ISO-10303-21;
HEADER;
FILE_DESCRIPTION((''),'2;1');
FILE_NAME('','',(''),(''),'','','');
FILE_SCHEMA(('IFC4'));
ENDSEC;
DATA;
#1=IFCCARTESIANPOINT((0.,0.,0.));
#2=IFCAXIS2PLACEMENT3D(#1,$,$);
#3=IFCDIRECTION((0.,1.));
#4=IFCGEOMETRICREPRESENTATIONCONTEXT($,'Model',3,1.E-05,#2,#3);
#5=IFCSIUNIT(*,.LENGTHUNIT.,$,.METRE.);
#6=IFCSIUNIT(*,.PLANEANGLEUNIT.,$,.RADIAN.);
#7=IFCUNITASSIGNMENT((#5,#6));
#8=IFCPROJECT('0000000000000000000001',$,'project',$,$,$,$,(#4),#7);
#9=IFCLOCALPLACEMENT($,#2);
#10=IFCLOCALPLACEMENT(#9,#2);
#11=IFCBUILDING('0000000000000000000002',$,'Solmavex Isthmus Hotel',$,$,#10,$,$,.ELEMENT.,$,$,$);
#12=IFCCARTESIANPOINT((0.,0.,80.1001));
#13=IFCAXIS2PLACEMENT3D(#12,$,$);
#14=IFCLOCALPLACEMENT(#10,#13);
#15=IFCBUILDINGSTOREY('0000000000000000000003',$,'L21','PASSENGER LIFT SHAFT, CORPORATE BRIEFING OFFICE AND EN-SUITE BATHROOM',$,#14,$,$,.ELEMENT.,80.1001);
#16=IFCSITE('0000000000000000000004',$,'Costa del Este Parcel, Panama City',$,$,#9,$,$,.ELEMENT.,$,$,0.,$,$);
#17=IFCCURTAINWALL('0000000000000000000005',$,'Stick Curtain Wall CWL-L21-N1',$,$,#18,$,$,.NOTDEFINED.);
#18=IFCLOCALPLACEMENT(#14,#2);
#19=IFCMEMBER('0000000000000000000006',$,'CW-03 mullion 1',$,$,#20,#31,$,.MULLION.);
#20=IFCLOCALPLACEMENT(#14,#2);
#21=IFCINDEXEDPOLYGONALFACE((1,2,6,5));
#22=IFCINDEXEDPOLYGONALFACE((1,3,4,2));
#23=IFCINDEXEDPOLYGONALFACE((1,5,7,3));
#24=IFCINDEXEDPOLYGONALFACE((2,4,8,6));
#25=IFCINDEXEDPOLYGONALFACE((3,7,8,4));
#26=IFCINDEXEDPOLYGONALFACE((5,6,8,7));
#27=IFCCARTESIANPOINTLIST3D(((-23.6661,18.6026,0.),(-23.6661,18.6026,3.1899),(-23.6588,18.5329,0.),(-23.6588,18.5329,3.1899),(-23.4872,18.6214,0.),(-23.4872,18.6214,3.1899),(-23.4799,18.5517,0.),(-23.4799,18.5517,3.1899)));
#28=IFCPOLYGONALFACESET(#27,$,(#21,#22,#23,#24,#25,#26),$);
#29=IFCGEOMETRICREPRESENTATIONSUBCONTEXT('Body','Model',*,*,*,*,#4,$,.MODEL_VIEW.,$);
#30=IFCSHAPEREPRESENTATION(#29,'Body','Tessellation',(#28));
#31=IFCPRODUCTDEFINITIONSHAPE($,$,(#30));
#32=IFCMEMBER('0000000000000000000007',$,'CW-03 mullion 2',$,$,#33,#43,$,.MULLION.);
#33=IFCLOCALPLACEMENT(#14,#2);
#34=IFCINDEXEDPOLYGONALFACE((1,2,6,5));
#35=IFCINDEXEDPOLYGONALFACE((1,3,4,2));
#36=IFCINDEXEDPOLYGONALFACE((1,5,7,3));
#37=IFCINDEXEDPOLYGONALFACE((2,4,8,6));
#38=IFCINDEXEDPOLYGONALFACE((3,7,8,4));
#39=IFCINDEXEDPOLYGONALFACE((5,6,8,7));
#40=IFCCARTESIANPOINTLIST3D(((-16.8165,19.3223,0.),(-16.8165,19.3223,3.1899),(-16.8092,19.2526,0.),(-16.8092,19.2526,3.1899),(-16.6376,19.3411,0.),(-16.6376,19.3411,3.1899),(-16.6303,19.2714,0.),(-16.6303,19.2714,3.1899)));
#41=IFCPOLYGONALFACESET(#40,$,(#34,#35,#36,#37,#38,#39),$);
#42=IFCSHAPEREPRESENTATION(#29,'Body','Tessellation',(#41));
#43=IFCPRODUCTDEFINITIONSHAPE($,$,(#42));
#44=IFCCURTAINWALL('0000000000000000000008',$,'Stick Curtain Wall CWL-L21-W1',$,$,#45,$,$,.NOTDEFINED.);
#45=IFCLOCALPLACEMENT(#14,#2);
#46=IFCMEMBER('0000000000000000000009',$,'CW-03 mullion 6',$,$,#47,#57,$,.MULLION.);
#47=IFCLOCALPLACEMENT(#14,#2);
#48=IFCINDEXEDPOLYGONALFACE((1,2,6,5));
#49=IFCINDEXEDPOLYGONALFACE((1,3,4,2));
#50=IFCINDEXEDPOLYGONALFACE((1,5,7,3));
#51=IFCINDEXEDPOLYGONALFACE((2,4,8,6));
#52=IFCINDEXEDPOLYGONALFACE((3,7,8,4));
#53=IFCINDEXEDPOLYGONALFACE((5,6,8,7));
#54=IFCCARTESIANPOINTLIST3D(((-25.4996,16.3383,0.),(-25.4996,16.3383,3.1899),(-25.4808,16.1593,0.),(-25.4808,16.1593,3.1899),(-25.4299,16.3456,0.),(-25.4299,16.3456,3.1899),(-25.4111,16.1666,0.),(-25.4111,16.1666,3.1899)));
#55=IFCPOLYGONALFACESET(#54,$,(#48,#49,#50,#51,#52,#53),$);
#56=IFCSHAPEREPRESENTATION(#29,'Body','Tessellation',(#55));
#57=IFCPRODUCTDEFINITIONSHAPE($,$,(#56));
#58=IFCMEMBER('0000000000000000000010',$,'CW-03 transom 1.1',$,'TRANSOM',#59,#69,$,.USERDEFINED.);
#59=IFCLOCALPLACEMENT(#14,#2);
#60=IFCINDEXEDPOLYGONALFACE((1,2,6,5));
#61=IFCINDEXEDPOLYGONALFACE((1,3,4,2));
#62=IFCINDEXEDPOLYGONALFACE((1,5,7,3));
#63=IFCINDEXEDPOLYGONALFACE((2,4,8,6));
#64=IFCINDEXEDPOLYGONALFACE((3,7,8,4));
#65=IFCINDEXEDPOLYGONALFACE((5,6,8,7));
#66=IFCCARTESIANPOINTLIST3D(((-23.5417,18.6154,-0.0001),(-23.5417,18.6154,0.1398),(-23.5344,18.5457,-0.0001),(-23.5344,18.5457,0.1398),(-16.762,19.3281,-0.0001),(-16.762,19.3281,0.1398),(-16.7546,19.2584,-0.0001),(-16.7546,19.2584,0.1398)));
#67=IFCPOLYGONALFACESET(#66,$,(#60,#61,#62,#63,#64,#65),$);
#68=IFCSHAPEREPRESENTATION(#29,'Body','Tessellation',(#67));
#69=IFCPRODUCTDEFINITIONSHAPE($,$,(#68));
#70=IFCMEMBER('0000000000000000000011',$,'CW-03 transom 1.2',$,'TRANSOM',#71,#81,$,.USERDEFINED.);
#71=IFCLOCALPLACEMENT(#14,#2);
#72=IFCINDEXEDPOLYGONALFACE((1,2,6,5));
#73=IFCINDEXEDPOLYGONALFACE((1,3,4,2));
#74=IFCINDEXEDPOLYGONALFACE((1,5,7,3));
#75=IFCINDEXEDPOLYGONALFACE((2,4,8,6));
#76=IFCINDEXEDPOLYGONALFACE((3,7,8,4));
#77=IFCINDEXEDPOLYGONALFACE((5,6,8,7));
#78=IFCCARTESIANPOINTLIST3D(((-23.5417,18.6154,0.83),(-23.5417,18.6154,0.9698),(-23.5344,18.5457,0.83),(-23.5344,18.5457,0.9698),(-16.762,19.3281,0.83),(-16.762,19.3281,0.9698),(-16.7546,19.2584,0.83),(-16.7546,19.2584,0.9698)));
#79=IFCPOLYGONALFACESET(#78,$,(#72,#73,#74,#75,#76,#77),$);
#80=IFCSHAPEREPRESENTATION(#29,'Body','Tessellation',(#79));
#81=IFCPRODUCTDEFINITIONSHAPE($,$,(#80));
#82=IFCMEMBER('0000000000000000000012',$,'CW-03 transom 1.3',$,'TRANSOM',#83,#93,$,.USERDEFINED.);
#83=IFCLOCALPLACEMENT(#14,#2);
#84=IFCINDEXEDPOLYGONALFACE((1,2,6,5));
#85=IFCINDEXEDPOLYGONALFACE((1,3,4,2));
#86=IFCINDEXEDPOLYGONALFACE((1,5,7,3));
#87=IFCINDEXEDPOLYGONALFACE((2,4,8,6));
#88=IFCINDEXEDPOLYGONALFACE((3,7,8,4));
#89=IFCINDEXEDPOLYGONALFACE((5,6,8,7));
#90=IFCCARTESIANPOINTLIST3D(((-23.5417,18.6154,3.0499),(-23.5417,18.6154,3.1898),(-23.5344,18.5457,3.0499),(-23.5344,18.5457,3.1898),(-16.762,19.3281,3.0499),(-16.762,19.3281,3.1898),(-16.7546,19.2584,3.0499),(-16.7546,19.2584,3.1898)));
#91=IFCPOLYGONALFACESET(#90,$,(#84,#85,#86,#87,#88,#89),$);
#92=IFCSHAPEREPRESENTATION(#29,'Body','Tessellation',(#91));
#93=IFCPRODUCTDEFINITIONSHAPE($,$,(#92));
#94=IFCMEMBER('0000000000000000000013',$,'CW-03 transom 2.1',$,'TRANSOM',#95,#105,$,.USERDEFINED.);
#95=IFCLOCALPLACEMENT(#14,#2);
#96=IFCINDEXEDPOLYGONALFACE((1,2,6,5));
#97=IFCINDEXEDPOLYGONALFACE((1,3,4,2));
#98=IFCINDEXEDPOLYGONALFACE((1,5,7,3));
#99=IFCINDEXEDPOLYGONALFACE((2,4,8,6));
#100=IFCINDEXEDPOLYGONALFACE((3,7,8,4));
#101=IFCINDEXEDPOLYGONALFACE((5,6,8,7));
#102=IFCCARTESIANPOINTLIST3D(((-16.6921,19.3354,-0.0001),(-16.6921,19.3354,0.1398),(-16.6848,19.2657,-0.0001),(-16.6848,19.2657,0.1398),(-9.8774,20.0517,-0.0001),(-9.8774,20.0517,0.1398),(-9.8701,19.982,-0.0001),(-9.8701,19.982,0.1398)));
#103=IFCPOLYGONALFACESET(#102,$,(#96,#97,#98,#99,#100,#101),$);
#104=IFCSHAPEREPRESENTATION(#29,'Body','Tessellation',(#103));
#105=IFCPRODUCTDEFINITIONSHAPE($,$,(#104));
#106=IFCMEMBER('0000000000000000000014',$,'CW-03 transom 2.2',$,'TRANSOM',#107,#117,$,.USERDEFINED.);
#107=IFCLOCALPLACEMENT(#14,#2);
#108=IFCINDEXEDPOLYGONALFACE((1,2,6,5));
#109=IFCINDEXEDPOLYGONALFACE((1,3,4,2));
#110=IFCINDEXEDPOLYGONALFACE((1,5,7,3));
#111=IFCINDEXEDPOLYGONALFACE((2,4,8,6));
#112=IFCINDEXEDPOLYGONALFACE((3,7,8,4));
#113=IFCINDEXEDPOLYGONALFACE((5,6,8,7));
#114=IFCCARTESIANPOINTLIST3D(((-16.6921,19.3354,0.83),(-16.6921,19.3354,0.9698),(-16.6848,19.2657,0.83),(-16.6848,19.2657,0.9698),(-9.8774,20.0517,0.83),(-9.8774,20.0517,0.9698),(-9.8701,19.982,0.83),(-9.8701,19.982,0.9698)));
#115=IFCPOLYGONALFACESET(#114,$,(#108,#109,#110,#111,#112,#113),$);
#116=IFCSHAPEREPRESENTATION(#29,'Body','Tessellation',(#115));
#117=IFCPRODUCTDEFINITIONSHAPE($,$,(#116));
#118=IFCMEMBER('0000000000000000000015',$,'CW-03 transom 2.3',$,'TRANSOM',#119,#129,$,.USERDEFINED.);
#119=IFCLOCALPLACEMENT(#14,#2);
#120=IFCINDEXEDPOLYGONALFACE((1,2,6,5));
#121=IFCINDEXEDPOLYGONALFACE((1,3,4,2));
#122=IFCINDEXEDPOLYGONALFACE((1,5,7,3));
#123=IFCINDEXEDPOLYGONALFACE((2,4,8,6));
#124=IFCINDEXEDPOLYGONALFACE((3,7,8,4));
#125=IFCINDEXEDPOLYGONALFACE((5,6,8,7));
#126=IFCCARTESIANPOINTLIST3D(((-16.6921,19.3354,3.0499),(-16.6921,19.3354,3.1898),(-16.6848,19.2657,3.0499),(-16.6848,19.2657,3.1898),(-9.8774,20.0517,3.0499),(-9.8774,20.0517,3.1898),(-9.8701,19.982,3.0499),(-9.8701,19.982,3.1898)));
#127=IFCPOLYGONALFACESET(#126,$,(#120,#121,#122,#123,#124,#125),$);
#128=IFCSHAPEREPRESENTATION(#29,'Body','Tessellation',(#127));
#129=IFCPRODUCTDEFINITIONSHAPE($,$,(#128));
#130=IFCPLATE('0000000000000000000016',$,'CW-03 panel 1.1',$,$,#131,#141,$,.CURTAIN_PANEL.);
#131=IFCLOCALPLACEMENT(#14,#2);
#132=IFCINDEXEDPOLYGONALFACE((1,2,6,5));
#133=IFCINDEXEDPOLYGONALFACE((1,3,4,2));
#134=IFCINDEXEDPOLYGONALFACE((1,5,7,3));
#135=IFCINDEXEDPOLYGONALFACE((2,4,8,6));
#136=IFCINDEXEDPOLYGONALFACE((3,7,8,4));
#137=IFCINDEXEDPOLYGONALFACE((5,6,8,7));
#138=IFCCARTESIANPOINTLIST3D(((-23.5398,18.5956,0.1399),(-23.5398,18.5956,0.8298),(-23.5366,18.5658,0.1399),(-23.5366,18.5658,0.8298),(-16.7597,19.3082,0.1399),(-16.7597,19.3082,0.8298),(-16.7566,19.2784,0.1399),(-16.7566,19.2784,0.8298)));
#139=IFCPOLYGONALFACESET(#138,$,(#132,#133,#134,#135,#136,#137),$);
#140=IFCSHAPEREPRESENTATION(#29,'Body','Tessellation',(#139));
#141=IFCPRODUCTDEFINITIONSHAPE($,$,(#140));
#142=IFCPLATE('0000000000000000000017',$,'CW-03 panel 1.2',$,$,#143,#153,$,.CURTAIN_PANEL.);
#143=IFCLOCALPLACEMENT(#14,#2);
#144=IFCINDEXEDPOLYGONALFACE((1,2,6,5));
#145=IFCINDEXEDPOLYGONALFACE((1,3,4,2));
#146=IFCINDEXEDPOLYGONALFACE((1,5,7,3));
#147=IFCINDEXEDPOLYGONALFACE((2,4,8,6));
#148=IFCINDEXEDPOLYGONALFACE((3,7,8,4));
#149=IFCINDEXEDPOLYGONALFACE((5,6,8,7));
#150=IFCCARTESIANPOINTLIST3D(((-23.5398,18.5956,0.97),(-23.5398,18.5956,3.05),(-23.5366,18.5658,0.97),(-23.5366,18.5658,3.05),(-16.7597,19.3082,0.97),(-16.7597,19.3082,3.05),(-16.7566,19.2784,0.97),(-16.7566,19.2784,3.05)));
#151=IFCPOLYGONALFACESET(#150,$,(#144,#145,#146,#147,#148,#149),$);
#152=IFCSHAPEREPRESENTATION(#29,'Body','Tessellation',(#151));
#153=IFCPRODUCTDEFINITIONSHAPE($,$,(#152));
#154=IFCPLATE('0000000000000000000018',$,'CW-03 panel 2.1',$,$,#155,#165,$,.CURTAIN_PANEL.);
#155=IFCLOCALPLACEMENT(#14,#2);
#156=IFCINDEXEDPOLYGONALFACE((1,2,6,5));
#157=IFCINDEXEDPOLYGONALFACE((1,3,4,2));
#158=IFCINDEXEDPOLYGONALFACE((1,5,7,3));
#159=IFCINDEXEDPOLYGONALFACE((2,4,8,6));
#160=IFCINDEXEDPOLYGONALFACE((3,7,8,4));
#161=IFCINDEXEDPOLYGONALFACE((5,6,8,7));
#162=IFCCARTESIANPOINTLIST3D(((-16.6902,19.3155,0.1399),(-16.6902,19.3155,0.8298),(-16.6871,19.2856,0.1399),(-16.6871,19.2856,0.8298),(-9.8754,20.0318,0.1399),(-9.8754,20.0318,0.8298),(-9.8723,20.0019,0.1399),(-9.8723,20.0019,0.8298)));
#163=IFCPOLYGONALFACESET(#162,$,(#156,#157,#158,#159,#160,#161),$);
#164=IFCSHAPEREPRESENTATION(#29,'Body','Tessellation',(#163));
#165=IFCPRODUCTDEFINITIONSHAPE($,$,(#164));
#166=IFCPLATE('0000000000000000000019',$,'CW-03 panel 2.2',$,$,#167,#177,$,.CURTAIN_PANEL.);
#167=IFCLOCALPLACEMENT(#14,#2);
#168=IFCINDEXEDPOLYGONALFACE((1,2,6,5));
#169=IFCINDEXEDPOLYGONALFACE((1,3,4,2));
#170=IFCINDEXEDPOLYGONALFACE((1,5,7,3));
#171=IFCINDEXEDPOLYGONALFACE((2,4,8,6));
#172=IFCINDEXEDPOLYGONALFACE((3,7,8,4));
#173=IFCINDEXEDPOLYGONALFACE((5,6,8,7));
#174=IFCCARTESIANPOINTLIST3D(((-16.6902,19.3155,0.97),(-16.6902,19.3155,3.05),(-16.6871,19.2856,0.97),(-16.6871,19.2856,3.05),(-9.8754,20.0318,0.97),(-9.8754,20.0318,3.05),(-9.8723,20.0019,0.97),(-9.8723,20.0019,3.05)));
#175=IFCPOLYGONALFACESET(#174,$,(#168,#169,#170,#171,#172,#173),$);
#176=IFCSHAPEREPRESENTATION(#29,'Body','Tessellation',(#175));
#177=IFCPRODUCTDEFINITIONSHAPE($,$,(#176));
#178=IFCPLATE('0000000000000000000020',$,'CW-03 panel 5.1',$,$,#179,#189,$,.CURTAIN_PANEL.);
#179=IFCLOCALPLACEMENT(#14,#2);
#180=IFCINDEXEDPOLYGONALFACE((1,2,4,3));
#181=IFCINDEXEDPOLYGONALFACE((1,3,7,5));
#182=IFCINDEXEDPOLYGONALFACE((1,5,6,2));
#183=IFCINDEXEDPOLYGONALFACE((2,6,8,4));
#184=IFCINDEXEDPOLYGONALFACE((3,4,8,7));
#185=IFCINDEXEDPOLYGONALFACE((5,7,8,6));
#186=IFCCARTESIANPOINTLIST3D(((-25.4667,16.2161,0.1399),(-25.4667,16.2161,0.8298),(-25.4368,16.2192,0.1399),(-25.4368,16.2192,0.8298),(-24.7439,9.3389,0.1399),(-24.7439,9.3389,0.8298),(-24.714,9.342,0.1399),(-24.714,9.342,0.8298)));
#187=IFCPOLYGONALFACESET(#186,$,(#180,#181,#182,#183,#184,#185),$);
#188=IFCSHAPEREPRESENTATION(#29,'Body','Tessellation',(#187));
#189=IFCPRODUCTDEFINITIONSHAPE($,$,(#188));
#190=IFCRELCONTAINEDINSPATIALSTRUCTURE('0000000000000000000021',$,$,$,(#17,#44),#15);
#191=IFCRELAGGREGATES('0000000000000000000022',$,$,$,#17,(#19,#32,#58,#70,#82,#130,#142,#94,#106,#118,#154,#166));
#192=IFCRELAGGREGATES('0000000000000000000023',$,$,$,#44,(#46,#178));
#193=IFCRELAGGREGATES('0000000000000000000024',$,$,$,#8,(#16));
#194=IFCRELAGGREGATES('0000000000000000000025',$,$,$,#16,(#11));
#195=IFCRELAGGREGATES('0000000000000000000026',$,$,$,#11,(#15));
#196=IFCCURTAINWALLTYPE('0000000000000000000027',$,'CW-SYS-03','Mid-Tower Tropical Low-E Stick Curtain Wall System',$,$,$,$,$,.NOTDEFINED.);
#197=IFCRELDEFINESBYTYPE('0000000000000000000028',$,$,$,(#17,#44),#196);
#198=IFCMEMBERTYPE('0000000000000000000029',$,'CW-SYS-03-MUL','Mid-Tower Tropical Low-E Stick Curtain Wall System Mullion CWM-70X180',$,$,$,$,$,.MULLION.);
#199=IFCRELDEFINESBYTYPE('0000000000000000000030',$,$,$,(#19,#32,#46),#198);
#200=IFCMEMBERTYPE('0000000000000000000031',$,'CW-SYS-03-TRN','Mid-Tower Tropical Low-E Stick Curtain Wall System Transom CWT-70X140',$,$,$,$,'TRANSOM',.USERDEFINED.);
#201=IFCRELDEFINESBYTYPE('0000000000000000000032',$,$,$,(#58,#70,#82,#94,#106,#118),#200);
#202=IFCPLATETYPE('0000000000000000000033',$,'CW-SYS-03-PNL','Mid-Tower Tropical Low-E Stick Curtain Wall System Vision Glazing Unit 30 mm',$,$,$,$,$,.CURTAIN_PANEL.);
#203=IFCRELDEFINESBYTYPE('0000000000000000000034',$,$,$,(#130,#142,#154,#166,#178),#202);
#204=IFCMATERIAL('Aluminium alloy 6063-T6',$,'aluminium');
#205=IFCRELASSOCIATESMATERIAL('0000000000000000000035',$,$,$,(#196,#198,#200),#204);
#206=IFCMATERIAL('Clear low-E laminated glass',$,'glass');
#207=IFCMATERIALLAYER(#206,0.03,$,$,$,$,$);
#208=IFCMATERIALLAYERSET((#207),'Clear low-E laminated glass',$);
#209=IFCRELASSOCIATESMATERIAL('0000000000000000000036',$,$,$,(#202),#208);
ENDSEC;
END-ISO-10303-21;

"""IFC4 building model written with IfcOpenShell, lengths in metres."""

from ifc_helpers import new_model, si_unit, direction, frame, origin, origin_2d, place, context, subcontext, project, spatial, rectangle, extrude, material, layer, layer_set, material_profile, profile_set, type_object, element, aggregate, save


model = new_model("IFC4")

# Units and contexts
model_context = context("Model", 3, precision=1e-05, world=origin(), true_north=direction((0.0, 1.0)))
body_context = subcontext(model_context, "Body", "Model", "MODEL_VIEW")
ifc_project = project(units=[si_unit("LENGTHUNIT", "METRE"), si_unit("PLANEANGLEUNIT", "RADIAN")], contexts=[model_context])

# Site, building, storey
site_placement = place(None, origin())
site = spatial("IfcSite", under=ifc_project, at=site_placement, Name="Costa del Este Parcel, Panama City", CompositionType="ELEMENT", RefElevation=0.0)
building_placement = place(site_placement, origin())
building = spatial("IfcBuilding", under=site, at=building_placement, Name="Solmavex Isthmus Hotel", CompositionType="ELEMENT")
storey_placement = place(building_placement, frame((0.0, 0.0, 80.1001)))
storey = spatial("IfcBuildingStorey", under=building, at=storey_placement, Name="L21", Description="PASSENGER LIFT SHAFT, CORPORATE BRIEFING OFFICE AND EN-SUITE BATHROOM", CompositionType="ELEMENT", Elevation=80.1001)

# Curtain wall, members
ifc_material_1 = material(Name="Aluminium alloy 6063-T6", Category="aluminium")
curtain_wall_type = type_object("IfcCurtainWallType", Name="CW-SYS-03", Description="Mid-Tower Tropical Low-E Stick Curtain Wall System", PredefinedType="NOTDEFINED", material=ifc_material_1)
curtain_wall_1_placement = place(storey_placement, origin())
curtain_wall_1 = element("IfcCurtainWall", 1, at=curtain_wall_1_placement, inside=storey, type_object=curtain_wall_type, Name="Stick Curtain Wall CWL-L21-N1", PredefinedType="NOTDEFINED")
ifc_material_profile_1 = material_profile(ifc_material_1, rectangle(XDim=0.0701, YDim=0.1799, at=origin_2d()), Name="CWM-70X180")
ifc_profile_set_1 = profile_set([ifc_material_profile_1], Name="Aluminium alloy 6063-T6")
member_type_1 = type_object("IfcMemberType", Name="CW-SYS-03-MUL", Description="Mid-Tower Tropical Low-E Stick Curtain Wall System Mullion CWM-70X180", PredefinedType="MULLION", material=ifc_profile_set_1)
member_1_placement = place(storey_placement, frame((-23.573, 18.5771, 0.0), z_axis=(0.0, 0.0, 1.0), x_axis=(-0.104528, 0.994522, 0.0)))
member_1 = element("IfcMember", 2, at=member_1_placement, type_object=member_type_1, Name="CW-03 mullion 1", PredefinedType="MULLION", context=body_context, shape_type="SweptSolid", body=[
    extrude(rectangle(XDim=0.0701, YDim=0.1799, at=origin_2d()), origin(), (0.0, 0.0, 1.0), 3.1899),
])
member_2_placement = place(storey_placement, frame((-16.7234, 19.2969, 0.0), z_axis=(0.0, 0.0, 1.0), x_axis=(-0.104528, 0.994522, 0.0)))
member_2 = element("IfcMember", 3, at=member_2_placement, type_object=member_type_1, Name="CW-03 mullion 2", PredefinedType="MULLION", context=body_context, shape_type="SweptSolid", body=[
    extrude(rectangle(XDim=0.0701, YDim=0.1799, at=origin_2d()), origin(), (0.0, 0.0, 1.0), 3.1899),
])

# Curtain wall, member
curtain_wall_2_placement = place(storey_placement, origin())
curtain_wall_2 = element("IfcCurtainWall", 4, at=curtain_wall_2_placement, inside=storey, type_object=curtain_wall_type, Name="Stick Curtain Wall CWL-L21-W1", PredefinedType="NOTDEFINED")
member_3_placement = place(storey_placement, frame((-25.4553, 16.2524, 0.0), z_axis=(0.0, 0.0, 1.0), x_axis=(-0.994522, -0.104528, 0.0)))
member_3 = element("IfcMember", 5, at=member_3_placement, type_object=member_type_1, Name="CW-03 mullion 6", PredefinedType="MULLION", context=body_context, shape_type="SweptSolid", body=[
    extrude(rectangle(XDim=0.0701, YDim=0.1799, at=origin_2d()), origin(), (0.0, 0.0, 1.0), 3.1899),
])

# Members
ifc_material_profile_2 = material_profile(ifc_material_1, rectangle(XDim=0.0701, YDim=0.1399, at=origin_2d()), Name="CWT-70X140")
ifc_profile_set_2 = profile_set([ifc_material_profile_2], Name="Aluminium alloy 6063-T6")
member_type_2 = type_object("IfcMemberType", Name="CW-SYS-03-TRN", Description="Mid-Tower Tropical Low-E Stick Curtain Wall System Transom CWT-70X140", ElementType="TRANSOM", PredefinedType="USERDEFINED", material=ifc_profile_set_2)
member_4_placement = place(storey_placement, frame((-23.5381, 18.5806, 0.0698), z_axis=(0.994521, 0.104538, 0.0), x_axis=(-0.104538, 0.994521, 0.0)))
member_4 = element("IfcMember", 6, at=member_4_placement, type_object=member_type_2, Name="CW-03 transom 1.1", ObjectType="TRANSOM", PredefinedType="USERDEFINED", context=body_context, shape_type="SweptSolid", body=[
    extrude(rectangle(XDim=0.0701, YDim=0.1399, at=origin_2d()), origin(), (0.0, 0.0, 1.0), 6.8171),
])
member_5_placement = place(storey_placement, frame((-23.5381, 18.5806, 0.8999), z_axis=(0.994521, 0.104538, 0.0), x_axis=(-0.104538, 0.994521, 0.0)))
member_5 = element("IfcMember", 7, at=member_5_placement, type_object=member_type_2, Name="CW-03 transom 1.2", ObjectType="TRANSOM", PredefinedType="USERDEFINED", context=body_context, shape_type="SweptSolid", body=[
    extrude(rectangle(XDim=0.0701, YDim=0.1399, at=origin_2d()), origin(), (0.0, 0.0, 1.0), 6.8171),
])
member_6_placement = place(storey_placement, frame((-23.5381, 18.5806, 3.1199), z_axis=(0.994521, 0.104538, 0.0), x_axis=(-0.104538, 0.994521, 0.0)))
member_6 = element("IfcMember", 8, at=member_6_placement, type_object=member_type_2, Name="CW-03 transom 1.3", ObjectType="TRANSOM", PredefinedType="USERDEFINED", context=body_context, shape_type="SweptSolid", body=[
    extrude(rectangle(XDim=0.0701, YDim=0.1399, at=origin_2d()), origin(), (0.0, 0.0, 1.0), 6.8171),
])
member_7_placement = place(storey_placement, frame((-16.6885, 19.3005, 0.0698), z_axis=(0.994521, 0.104536, 0.0), x_axis=(-0.104536, 0.994521, 0.0)))
member_7 = element("IfcMember", 9, at=member_7_placement, type_object=member_type_2, Name="CW-03 transom 2.1", ObjectType="TRANSOM", PredefinedType="USERDEFINED", context=body_context, shape_type="SweptSolid", body=[
    extrude(rectangle(XDim=0.0701, YDim=0.1399, at=origin_2d()), origin(), (0.0, 0.0, 1.0), 6.8523),
])
member_8_placement = place(storey_placement, frame((-16.6885, 19.3005, 0.8999), z_axis=(0.994521, 0.104536, 0.0), x_axis=(-0.104536, 0.994521, 0.0)))
member_8 = element("IfcMember", 10, at=member_8_placement, type_object=member_type_2, Name="CW-03 transom 2.2", ObjectType="TRANSOM", PredefinedType="USERDEFINED", context=body_context, shape_type="SweptSolid", body=[
    extrude(rectangle(XDim=0.0701, YDim=0.1399, at=origin_2d()), origin(), (0.0, 0.0, 1.0), 6.8523),
])
member_9_placement = place(storey_placement, frame((-16.6885, 19.3005, 3.1199), z_axis=(0.994521, 0.104536, 0.0), x_axis=(-0.104536, 0.994521, 0.0)))
member_9 = element("IfcMember", 11, at=member_9_placement, type_object=member_type_2, Name="CW-03 transom 2.3", ObjectType="TRANSOM", PredefinedType="USERDEFINED", context=body_context, shape_type="SweptSolid", body=[
    extrude(rectangle(XDim=0.0701, YDim=0.1399, at=origin_2d()), origin(), (0.0, 0.0, 1.0), 6.8523),
])

# Plates
ifc_material_2 = material(Name="Clear low-E laminated glass", Category="glass")
ifc_layer_1 = layer(ifc_material_2, 0.03)
ifc_layer_set_1 = layer_set([ifc_layer_1], Name="Clear low-E laminated glass")
plate_type = type_object("IfcPlateType", Name="CW-SYS-03-PNL", Description="Mid-Tower Tropical Low-E Stick Curtain Wall System Vision Glazing Unit 30 mm", PredefinedType="CURTAIN_PANEL", material=ifc_layer_set_1)
plate_1_placement = place(storey_placement, frame((-20.1482, 18.937, 0.1399), z_axis=(0.0, 0.0, 1.0), x_axis=(0.994522, 0.104528, 0.0)))
plate_1 = element("IfcPlate", 12, at=plate_1_placement, type_object=plate_type, Name="CW-03 panel 1.1", PredefinedType="CURTAIN_PANEL", context=body_context, shape_type="SweptSolid", body=[
    extrude(rectangle(XDim=6.8174, YDim=0.03, at=origin_2d()), origin(), (0.0, 0.0, 1.0), 0.6899),
])
plate_2_placement = place(storey_placement, frame((-20.1482, 18.937, 0.97), z_axis=(0.0, 0.0, 1.0), x_axis=(0.994522, 0.104528, 0.0)))
plate_2 = element("IfcPlate", 13, at=plate_2_placement, type_object=plate_type, Name="CW-03 panel 1.2", PredefinedType="CURTAIN_PANEL", context=body_context, shape_type="SweptSolid", body=[
    extrude(rectangle(XDim=6.8174, YDim=0.03, at=origin_2d()), origin(), (0.0, 0.0, 1.0), 2.0801),
])
plate_3_placement = place(storey_placement, frame((-13.2812, 19.6587, 0.1399), z_axis=(0.0, 0.0, 1.0), x_axis=(0.994522, 0.104528, 0.0)))
plate_3 = element("IfcPlate", 14, at=plate_3_placement, type_object=plate_type, Name="CW-03 panel 2.1", PredefinedType="CURTAIN_PANEL", context=body_context, shape_type="SweptSolid", body=[
    extrude(rectangle(XDim=6.8523, YDim=0.03, at=origin_2d()), origin(), (0.0, 0.0, 1.0), 0.6899),
])
plate_4_placement = place(storey_placement, frame((-13.2812, 19.6587, 0.97), z_axis=(0.0, 0.0, 1.0), x_axis=(0.994522, 0.104528, 0.0)))
plate_4 = element("IfcPlate", 15, at=plate_4_placement, type_object=plate_type, Name="CW-03 panel 2.2", PredefinedType="CURTAIN_PANEL", context=body_context, shape_type="SweptSolid", body=[
    extrude(rectangle(XDim=6.8523, YDim=0.03, at=origin_2d()), origin(), (0.0, 0.0, 1.0), 2.0801),
])
aggregate(curtain_wall_1, [member_1, member_2, member_4, member_5, member_6, plate_1, plate_2, member_7, member_8, member_9, plate_3, plate_4])
plate_5_placement = place(storey_placement, frame((-25.0903, 12.7791, 0.1399), z_axis=(0.0, 0.0, 1.0), x_axis=(-0.104528, 0.994522, 0.0)))
plate_5 = element("IfcPlate", 16, at=plate_5_placement, type_object=plate_type, Name="CW-03 panel 5.1", PredefinedType="CURTAIN_PANEL", context=body_context, shape_type="SweptSolid", body=[
    extrude(rectangle(XDim=6.915, YDim=0.03, at=origin_2d()), origin(), (0.0, 0.0, 1.0), 0.6899),
])
aggregate(curtain_wall_2, [member_3, plate_5])

save(model, "model.ifc")
